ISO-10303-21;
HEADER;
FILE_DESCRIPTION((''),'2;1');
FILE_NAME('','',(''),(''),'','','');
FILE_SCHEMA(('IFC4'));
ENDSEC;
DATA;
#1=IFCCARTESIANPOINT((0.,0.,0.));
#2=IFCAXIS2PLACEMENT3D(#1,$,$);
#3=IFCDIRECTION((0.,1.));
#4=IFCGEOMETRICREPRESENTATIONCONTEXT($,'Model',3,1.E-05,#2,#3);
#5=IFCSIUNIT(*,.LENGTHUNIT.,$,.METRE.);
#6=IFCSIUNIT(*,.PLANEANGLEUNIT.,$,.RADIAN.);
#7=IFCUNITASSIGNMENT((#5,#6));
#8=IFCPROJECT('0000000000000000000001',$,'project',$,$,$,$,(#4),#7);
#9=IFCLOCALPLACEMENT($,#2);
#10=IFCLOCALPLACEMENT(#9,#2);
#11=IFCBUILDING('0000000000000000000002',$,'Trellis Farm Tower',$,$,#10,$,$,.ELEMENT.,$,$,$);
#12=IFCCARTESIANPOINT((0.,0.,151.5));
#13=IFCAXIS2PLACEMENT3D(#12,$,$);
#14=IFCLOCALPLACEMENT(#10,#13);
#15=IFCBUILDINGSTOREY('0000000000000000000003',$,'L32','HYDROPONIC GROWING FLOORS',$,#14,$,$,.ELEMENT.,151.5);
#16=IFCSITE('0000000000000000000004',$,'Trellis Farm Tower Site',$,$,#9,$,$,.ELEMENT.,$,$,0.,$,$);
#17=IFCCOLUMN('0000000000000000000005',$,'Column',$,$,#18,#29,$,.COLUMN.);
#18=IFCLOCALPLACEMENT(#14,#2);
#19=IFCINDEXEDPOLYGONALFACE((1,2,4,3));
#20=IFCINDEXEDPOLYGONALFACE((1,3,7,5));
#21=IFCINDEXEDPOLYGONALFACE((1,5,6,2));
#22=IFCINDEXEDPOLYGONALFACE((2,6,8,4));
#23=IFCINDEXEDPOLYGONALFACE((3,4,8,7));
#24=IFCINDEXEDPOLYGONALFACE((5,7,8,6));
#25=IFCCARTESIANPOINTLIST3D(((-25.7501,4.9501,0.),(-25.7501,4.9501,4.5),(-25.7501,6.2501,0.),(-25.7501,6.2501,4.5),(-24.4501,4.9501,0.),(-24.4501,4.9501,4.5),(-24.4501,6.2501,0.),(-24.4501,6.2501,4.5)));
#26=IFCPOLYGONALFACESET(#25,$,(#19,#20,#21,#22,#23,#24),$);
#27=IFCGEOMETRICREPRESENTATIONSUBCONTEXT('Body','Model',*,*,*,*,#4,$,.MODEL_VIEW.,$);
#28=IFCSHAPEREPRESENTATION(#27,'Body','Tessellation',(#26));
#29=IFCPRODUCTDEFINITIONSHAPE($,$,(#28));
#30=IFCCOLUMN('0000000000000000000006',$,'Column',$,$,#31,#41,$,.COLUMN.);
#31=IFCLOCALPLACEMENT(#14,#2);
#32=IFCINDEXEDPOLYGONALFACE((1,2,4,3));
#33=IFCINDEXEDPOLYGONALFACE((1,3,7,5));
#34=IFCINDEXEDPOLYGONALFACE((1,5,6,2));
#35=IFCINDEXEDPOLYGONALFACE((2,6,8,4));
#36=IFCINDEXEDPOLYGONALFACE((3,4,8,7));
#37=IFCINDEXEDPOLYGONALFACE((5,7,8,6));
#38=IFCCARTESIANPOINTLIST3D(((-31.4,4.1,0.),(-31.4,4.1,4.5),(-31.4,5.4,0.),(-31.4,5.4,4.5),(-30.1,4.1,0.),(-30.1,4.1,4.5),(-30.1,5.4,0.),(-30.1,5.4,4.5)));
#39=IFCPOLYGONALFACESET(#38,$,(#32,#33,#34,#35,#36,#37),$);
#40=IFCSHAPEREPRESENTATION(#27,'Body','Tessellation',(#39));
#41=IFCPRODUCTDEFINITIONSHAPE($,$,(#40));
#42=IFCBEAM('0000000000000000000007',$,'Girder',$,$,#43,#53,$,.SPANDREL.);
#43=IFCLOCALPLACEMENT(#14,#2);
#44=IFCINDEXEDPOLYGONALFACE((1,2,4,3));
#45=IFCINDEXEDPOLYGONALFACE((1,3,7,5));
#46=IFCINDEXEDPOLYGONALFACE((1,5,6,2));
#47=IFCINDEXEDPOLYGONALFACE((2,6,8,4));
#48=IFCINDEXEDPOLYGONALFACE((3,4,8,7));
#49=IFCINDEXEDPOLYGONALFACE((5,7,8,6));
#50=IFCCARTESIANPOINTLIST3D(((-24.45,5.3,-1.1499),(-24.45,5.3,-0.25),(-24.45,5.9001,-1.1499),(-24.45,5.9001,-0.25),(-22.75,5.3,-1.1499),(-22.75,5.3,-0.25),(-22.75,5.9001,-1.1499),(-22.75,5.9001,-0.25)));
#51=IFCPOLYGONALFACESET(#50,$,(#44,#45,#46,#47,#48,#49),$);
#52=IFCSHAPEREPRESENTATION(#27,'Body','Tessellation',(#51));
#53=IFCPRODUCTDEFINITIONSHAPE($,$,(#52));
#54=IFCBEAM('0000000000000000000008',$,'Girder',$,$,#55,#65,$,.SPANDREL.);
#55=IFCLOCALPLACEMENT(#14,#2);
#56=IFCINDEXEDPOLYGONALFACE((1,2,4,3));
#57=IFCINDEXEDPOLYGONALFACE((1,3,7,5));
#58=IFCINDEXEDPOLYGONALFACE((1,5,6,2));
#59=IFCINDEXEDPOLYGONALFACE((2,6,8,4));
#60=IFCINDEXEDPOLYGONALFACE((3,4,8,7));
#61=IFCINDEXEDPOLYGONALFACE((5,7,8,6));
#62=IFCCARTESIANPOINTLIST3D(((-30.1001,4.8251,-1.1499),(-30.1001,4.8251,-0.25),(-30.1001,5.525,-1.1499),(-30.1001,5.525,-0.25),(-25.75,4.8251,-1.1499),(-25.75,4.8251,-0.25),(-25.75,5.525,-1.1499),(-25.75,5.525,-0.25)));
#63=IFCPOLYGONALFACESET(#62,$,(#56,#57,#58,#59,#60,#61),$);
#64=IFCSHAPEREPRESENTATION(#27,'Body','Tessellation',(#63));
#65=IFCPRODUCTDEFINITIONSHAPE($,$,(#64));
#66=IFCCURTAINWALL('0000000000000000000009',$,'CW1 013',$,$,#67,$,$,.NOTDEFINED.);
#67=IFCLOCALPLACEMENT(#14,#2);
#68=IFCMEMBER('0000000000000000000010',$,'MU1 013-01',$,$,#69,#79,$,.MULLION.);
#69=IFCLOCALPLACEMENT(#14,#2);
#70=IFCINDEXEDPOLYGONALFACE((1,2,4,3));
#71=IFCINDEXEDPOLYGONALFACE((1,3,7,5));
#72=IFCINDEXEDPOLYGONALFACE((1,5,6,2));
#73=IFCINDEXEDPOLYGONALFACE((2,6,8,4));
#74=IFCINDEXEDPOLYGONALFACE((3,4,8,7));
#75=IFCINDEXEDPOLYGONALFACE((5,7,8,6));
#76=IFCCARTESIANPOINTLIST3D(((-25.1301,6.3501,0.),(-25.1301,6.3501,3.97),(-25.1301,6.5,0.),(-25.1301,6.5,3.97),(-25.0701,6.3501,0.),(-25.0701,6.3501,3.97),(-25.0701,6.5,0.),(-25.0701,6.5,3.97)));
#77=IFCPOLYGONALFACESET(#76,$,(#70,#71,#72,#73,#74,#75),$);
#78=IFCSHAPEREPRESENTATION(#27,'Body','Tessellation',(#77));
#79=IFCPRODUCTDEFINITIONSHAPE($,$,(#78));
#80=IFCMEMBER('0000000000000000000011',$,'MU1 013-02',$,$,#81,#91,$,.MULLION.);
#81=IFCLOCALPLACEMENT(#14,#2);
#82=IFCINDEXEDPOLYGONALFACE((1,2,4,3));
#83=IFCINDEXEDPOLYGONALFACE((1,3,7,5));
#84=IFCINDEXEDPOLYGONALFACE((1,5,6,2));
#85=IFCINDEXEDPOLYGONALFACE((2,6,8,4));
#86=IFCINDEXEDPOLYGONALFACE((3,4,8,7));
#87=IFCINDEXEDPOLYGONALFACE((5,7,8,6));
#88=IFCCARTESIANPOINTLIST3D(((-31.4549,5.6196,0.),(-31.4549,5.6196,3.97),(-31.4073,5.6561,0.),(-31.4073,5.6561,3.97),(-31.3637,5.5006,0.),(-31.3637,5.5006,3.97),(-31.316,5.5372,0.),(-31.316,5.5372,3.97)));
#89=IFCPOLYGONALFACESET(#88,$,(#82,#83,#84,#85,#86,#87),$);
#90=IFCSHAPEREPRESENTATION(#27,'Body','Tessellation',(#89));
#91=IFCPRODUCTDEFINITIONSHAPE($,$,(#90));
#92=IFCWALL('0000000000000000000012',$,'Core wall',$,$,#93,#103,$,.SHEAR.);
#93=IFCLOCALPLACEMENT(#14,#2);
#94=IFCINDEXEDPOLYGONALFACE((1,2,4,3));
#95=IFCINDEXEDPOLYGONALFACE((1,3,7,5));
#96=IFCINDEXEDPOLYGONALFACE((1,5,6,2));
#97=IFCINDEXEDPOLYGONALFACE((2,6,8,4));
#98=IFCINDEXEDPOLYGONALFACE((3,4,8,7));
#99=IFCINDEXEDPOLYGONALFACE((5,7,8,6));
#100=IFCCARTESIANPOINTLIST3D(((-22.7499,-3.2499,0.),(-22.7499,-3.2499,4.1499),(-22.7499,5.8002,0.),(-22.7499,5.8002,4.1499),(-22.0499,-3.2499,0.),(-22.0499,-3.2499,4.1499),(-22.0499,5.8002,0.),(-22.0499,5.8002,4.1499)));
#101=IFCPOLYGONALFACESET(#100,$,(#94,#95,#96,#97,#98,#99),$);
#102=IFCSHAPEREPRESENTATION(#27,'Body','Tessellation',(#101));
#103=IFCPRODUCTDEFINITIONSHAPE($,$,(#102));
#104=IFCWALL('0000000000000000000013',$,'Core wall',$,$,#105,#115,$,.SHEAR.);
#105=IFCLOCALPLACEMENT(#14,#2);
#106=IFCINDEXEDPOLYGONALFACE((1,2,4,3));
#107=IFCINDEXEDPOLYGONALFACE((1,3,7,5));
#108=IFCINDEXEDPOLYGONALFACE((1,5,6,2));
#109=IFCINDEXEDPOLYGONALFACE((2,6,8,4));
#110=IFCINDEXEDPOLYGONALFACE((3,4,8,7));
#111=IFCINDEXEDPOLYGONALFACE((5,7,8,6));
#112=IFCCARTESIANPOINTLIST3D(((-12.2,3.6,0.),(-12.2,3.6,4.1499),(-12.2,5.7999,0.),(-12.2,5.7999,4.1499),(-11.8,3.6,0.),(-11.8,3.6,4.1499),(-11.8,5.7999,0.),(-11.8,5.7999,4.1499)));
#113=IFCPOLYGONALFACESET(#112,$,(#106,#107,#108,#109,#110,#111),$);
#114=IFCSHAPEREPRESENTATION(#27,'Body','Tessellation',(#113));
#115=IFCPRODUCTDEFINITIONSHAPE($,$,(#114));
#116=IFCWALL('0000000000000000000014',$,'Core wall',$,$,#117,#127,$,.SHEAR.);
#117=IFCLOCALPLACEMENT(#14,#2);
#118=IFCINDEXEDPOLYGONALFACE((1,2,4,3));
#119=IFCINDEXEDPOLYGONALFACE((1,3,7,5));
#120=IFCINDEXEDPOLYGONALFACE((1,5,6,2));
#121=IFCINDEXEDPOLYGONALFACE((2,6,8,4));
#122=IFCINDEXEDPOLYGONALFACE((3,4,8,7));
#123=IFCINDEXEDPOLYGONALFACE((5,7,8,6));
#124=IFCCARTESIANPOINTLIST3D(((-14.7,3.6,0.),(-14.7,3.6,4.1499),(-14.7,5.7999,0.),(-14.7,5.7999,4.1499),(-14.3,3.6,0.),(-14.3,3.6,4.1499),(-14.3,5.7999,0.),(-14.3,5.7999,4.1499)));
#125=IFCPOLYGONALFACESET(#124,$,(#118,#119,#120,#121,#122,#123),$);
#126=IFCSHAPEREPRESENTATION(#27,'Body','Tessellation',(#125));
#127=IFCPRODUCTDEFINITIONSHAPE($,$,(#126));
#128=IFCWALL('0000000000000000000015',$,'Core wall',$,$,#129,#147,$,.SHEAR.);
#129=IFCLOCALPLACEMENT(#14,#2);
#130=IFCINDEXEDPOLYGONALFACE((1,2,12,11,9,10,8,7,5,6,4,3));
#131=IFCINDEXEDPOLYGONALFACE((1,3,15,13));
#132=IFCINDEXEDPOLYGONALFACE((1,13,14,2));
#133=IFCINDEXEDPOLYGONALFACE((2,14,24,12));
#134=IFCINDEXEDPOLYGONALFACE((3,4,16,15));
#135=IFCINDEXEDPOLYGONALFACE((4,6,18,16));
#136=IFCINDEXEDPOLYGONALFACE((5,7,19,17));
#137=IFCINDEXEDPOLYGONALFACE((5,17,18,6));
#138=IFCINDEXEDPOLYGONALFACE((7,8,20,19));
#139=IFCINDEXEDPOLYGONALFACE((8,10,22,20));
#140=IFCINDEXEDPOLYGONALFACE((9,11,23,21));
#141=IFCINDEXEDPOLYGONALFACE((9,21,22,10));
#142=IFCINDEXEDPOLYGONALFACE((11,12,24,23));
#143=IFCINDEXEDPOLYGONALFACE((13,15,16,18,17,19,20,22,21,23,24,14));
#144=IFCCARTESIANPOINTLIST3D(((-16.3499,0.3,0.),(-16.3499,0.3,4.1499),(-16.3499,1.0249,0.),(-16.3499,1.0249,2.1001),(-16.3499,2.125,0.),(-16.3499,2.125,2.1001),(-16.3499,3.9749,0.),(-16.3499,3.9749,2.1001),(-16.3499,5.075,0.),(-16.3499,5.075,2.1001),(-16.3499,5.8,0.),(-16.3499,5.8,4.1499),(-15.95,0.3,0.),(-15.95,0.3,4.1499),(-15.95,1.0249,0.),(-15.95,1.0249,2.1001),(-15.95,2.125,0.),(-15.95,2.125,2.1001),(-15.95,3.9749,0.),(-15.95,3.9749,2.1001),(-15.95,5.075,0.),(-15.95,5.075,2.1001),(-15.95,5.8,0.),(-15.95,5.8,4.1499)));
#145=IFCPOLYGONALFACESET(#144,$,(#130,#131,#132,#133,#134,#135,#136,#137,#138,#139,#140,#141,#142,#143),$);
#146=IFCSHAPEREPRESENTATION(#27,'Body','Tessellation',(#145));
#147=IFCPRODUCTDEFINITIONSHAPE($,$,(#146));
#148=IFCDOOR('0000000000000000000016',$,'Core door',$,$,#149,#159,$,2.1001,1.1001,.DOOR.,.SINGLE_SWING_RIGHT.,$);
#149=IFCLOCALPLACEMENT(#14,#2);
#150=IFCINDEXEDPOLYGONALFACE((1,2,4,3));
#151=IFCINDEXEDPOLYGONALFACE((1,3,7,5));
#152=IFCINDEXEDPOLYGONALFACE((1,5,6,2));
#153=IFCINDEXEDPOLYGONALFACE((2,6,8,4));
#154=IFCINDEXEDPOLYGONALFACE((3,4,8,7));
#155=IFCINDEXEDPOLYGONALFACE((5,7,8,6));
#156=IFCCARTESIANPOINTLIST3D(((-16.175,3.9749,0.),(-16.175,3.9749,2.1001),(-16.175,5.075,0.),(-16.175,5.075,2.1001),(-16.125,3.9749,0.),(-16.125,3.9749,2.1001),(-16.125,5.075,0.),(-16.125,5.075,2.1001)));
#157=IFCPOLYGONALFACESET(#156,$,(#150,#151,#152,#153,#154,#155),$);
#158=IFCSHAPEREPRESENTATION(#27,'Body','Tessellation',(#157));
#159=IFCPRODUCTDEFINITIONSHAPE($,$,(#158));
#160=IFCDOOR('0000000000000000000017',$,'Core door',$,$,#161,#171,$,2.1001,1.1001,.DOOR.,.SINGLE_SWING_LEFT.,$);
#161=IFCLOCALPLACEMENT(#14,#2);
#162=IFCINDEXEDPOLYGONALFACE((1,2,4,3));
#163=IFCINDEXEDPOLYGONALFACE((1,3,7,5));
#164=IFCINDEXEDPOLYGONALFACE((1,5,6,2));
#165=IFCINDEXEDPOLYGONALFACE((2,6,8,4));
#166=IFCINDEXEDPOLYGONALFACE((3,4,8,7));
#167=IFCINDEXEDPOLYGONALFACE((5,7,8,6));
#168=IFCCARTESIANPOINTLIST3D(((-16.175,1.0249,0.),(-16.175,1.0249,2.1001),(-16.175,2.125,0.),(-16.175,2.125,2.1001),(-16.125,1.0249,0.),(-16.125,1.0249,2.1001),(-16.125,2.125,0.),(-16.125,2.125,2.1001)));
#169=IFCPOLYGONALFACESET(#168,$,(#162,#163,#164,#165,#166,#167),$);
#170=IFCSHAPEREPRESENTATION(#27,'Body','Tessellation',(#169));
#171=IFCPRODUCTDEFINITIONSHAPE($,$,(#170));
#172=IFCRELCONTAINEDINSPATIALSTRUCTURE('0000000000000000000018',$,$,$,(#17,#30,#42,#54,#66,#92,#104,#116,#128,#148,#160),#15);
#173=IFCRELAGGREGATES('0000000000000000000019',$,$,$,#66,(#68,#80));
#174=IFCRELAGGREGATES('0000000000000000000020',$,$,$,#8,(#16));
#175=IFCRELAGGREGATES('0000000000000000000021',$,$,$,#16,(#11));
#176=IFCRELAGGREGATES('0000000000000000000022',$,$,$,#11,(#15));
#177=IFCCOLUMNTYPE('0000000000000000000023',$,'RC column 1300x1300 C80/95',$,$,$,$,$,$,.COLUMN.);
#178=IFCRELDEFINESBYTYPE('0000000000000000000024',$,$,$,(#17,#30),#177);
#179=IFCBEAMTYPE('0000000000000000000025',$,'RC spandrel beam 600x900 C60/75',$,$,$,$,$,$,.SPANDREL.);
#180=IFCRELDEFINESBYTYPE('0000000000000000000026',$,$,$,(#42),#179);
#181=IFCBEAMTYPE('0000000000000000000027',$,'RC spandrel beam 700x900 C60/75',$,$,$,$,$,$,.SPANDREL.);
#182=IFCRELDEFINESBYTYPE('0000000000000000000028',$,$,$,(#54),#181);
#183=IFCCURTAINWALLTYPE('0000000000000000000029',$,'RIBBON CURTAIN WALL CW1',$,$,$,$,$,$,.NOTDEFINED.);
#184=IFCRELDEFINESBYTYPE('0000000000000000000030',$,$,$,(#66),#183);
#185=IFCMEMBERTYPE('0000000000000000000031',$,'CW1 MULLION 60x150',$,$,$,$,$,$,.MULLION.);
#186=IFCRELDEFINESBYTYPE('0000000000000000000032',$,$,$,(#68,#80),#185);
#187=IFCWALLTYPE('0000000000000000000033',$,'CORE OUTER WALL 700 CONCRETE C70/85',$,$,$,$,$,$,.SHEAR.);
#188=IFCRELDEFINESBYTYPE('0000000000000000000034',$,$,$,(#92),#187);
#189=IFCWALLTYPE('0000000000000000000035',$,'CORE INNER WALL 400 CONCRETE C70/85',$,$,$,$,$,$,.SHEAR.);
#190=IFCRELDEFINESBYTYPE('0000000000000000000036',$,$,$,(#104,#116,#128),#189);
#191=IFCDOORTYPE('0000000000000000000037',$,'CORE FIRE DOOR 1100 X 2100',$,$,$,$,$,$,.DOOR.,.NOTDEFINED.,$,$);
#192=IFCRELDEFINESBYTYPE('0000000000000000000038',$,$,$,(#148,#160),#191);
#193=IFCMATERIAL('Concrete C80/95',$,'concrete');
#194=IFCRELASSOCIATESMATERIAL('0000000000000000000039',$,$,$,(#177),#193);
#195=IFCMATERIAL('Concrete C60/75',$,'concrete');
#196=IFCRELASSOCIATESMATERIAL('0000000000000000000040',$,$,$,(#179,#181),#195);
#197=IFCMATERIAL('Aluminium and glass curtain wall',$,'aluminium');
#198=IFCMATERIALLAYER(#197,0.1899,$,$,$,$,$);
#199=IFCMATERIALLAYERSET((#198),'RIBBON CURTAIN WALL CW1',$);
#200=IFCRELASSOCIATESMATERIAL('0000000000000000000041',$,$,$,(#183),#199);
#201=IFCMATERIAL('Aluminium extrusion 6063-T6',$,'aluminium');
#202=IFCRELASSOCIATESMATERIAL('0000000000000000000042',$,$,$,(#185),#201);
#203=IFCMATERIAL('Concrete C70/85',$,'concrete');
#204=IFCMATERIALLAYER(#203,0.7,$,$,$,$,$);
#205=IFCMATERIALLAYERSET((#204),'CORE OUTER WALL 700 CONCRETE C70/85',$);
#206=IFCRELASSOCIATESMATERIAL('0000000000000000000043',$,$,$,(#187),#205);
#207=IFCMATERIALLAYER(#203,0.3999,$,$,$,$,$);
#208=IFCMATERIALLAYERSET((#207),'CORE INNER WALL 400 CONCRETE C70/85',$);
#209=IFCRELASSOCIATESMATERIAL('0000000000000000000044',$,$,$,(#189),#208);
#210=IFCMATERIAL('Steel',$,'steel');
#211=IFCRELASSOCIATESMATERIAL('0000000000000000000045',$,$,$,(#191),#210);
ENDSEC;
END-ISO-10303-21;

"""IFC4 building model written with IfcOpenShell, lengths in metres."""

from ifc_helpers import new_model, si_unit, direction, frame, frame_2d, origin, origin_2d, place, context, subcontext, project, spatial, rectangle, extrude, source, transform, mapped, material, layer, layer_set, material_profile, profile_set, type_object, element, fill, aggregate, save


model = new_model("IFC4")

# Units and contexts
model_context = context("Model", 3, precision=1e-05, world=origin(), true_north=direction((0.0, 1.0)))
body_context = subcontext(model_context, "Body", "Model", "MODEL_VIEW")
ifc_project = project(units=[si_unit("LENGTHUNIT", "METRE"), si_unit("PLANEANGLEUNIT", "RADIAN")], contexts=[model_context])

# Site, building, storey
site_placement = place(None, origin())
site = spatial("IfcSite", under=ifc_project, at=site_placement, Name="Trellis Farm Tower Site", CompositionType="ELEMENT", RefElevation=0.0)
building_placement = place(site_placement, origin())
building = spatial("IfcBuilding", under=site, at=building_placement, Name="Trellis Farm Tower", CompositionType="ELEMENT")
storey_placement = place(building_placement, frame((0.0, 0.0, 151.5)))
storey = spatial("IfcBuildingStorey", under=building, at=storey_placement, Name="L32", Description="HYDROPONIC GROWING FLOORS", CompositionType="ELEMENT", Elevation=151.5)

# Columns
ifc_material_1 = material(Name="Concrete C80/95", Category="concrete")
ifc_material_profile_1 = material_profile(ifc_material_1, rectangle(XDim=1.3, YDim=1.3, at=origin_2d()), Name="RC column 1300x1300 C80/95")
ifc_profile_set_1 = profile_set([ifc_material_profile_1], Name="Concrete C80/95")
column_type = type_object("IfcColumnType", Name="RC column 1300x1300 C80/95", PredefinedType="COLUMN", material=ifc_profile_set_1)
shared_shape_1 = source(origin(), body_context, "Body", "SweptSolid", [
    extrude(rectangle(XDim=1.3, YDim=1.3, at=origin_2d()), origin(), (0.0, 0.0, 1.0), 4.5),
])
for number, where, z_axis, x_axis, name in (
    (1, (-25.1001, 5.6001, 0.0), (0.0, 0.0, 1.0), (1.0, 0.0, 0.0), "Column"),
    (2, (-30.75, 4.75, 0.0), (0.0, 0.0, 1.0), (1.0, 0.0, 0.0), "Column"),
):
    element("IfcColumn", number, at=place(storey_placement, frame(where, z_axis=z_axis, x_axis=x_axis)), inside=storey, type_object=column_type, Name=name, PredefinedType="COLUMN", context=body_context, shape_type="MappedRepresentation", body=[
        mapped(shared_shape_1, transform((0.0, 0.0, 0.0))),
    ])

# Beams
ifc_material_2 = material(Name="Concrete C60/75", Category="concrete")
ifc_material_profile_2 = material_profile(ifc_material_2, rectangle(XDim=0.6001, YDim=0.8999, at=origin_2d()), Name="RC spandrel beam 600x900 C60/75")
ifc_profile_set_2 = profile_set([ifc_material_profile_2], Name="Concrete C60/75")
beam_type_1 = type_object("IfcBeamType", Name="RC spandrel beam 600x900 C60/75", PredefinedType="SPANDREL", material=ifc_profile_set_2)
shared_shape_2 = source(origin(), body_context, "Body", "SweptSolid", [
    extrude(rectangle(XDim=0.6001, YDim=0.8999, at=origin_2d()), origin(), (0.0, 0.0, 1.0), 1.7),
])
beam_1_placement = place(storey_placement, frame((-24.45, 5.6001, -0.7), z_axis=(1.0, 0.0, 0.0), x_axis=(0.0, 1.0, 0.0)))
element("IfcBeam", 3, at=beam_1_placement, inside=storey, type_object=beam_type_1, Name="Girder", PredefinedType="SPANDREL", context=body_context, shape_type="MappedRepresentation", body=[
    mapped(shared_shape_2, transform((0.0, 0.0, 0.0))),
])
ifc_material_profile_3 = material_profile(ifc_material_2, rectangle(XDim=0.7, YDim=0.8999, at=origin_2d()), Name="RC spandrel beam 700x900 C60/75")
ifc_profile_set_3 = profile_set([ifc_material_profile_3], Name="Concrete C60/75")
beam_type_2 = type_object("IfcBeamType", Name="RC spandrel beam 700x900 C60/75", PredefinedType="SPANDREL", material=ifc_profile_set_3)
shared_shape_3 = source(origin(), body_context, "Body", "SweptSolid", [
    extrude(rectangle(XDim=0.7, YDim=0.8999, at=origin_2d()), origin(), (0.0, 0.0, 1.0), 4.3501),
])
beam_2_placement = place(storey_placement, frame((-30.1001, 5.175, -0.7), z_axis=(1.0, 0.0, 0.0), x_axis=(0.0, 1.0, 0.0)))
element("IfcBeam", 4, at=beam_2_placement, inside=storey, type_object=beam_type_2, Name="Girder", PredefinedType="SPANDREL", context=body_context, shape_type="MappedRepresentation", body=[
    mapped(shared_shape_3, transform((0.0, 0.0, 0.0))),
])

# Curtain wall, members
ifc_material_3 = material(Name="Aluminium and glass curtain wall", Category="aluminium")
ifc_layer_1 = layer(ifc_material_3, 0.1899)
ifc_layer_set_1 = layer_set([ifc_layer_1], Name="RIBBON CURTAIN WALL CW1")
curtain_wall_type = type_object("IfcCurtainWallType", Name="RIBBON CURTAIN WALL CW1", PredefinedType="NOTDEFINED", material=ifc_layer_set_1)
placement = place(storey_placement, origin())
curtain_wall = element("IfcCurtainWall", 5, at=placement, inside=storey, type_object=curtain_wall_type, Name="CW1 013", PredefinedType="NOTDEFINED")
ifc_material_4 = material(Name="Aluminium extrusion 6063-T6", Category="aluminium")
ifc_material_profile_4 = material_profile(ifc_material_4, rectangle(XDim=0.0601, YDim=0.1499, at=origin_2d()), Name="MULLION 60x150")
ifc_profile_set_4 = profile_set([ifc_material_profile_4], Name="Aluminium extrusion 6063-T6")
member_type = type_object("IfcMemberType", Name="CW1 MULLION 60x150", PredefinedType="MULLION", material=ifc_profile_set_4)
shared_shape_4 = source(origin(), body_context, "Body", "SweptSolid", [
    extrude(rectangle(XDim=0.0601, YDim=0.1499, at=origin_2d()), origin(), (0.0, 0.0, 1.0), 3.97),
])
member_1_placement = place(storey_placement, frame((-25.1001, 6.425, 0.0), z_axis=(0.0, 0.0, 1.0), x_axis=(-1.0, 0.0, 0.0)))
member_1 = element("IfcMember", 6, at=member_1_placement, type_object=member_type, Name="MU1 013-01", PredefinedType="MULLION", context=body_context, shape_type="MappedRepresentation", body=[
    mapped(shared_shape_4, transform((0.0, 0.0, 0.0))),
])
member_2_placement = place(storey_placement, frame((-31.3855, 5.5784, 0.0), z_axis=(0.0, 0.0, 1.0), x_axis=(-0.793353, -0.608761, 0.0)))
member_2 = element("IfcMember", 7, at=member_2_placement, type_object=member_type, Name="MU1 013-02", PredefinedType="MULLION", context=body_context, shape_type="MappedRepresentation", body=[
    mapped(shared_shape_4, transform((0.0, 0.0, 0.0))),
])
aggregate(curtain_wall, [member_1, member_2])

# Walls
ifc_material_5 = material(Name="Concrete C70/85", Category="concrete")
ifc_layer_2 = layer(ifc_material_5, 0.7)
ifc_layer_set_2 = layer_set([ifc_layer_2], Name="CORE OUTER WALL 700 CONCRETE C70/85")
wall_type_1 = type_object("IfcWallType", Name="CORE OUTER WALL 700 CONCRETE C70/85", PredefinedType="SHEAR", material=ifc_layer_set_2)
shared_shape_5 = source(origin(), body_context, "Body", "SweptSolid", [
    extrude(rectangle(XDim=9.05, YDim=0.7, at=frame_2d((4.5249, 0.0))), origin(), (0.0, 0.0, 1.0), 4.1499),
])
wall_1_placement = place(storey_placement, frame((-22.3999, 5.8, 0.0), z_axis=(0.0, 0.0, 1.0), x_axis=(0.0, -1.0, 0.0)))
element("IfcWall", 8, at=wall_1_placement, inside=storey, type_object=wall_type_1, Name="Core wall", PredefinedType="SHEAR", context=body_context, shape_type="MappedRepresentation", body=[
    mapped(shared_shape_5, transform((0.0, 0.0, 0.0))),
])
ifc_layer_3 = layer(ifc_material_5, 0.3999)
ifc_layer_set_3 = layer_set([ifc_layer_3], Name="CORE INNER WALL 400 CONCRETE C70/85")
wall_type_2 = type_object("IfcWallType", Name="CORE INNER WALL 400 CONCRETE C70/85", PredefinedType="SHEAR", material=ifc_layer_set_3)
shared_shape_6 = source(origin(), body_context, "Body", "SweptSolid", [
    extrude(rectangle(XDim=2.2, YDim=0.3999, at=frame_2d((1.1001, 0.0))), origin(), (0.0, 0.0, 1.0), 4.1499),
])
for number, where, z_axis, x_axis, name in (
    (9, (-12.0, 5.8, 0.0), (0.0, 0.0, 1.0), (0.0, -1.0, 0.0), "Core wall"),
    (10, (-14.5, 5.8, 0.0), (0.0, 0.0, 1.0), (0.0, -1.0, 0.0), "Core wall"),
):
    element("IfcWall", number, at=place(storey_placement, frame(where, z_axis=z_axis, x_axis=x_axis)), inside=storey, type_object=wall_type_2, Name=name, PredefinedType="SHEAR", context=body_context, shape_type="MappedRepresentation", body=[
        mapped(shared_shape_6, transform((0.0, 0.0, 0.0))),
    ])

# Wall, openings, doors
shared_shape_7 = source(origin(), body_context, "Body", "SweptSolid", [
    extrude(rectangle(XDim=5.5, YDim=0.3999, at=frame_2d((2.75, 0.0))), origin(), (0.0, 0.0, 1.0), 4.1499),
])
wall_2_placement = place(storey_placement, frame((-16.1499, 5.8, 0.0), z_axis=(0.0, 0.0, 1.0), x_axis=(0.0, -1.0, 0.0)))
wall_2 = element("IfcWall", 11, at=wall_2_placement, inside=storey, type_object=wall_type_2, Name="Core wall", PredefinedType="SHEAR", context=body_context, shape_type="MappedRepresentation", body=[
    mapped(shared_shape_7, transform((0.0, 0.0, 0.0))),
])
shared_shape_8 = source(origin(), body_context, "Body", "SweptSolid", [
    extrude(rectangle(XDim=1.1001, YDim=2.1001, at=frame_2d((0.55, 1.05))), frame((0.0, 0.21, 0.0), z_axis=(0.0, -1.0, 0.0), x_axis=(1.0, 0.0, 0.0)), (0.0, 0.0, 1.0), 0.4199),
])
opening_1_placement = place(wall_2_placement, frame((0.7251, 0.0, 0.0)))
opening_1 = element("IfcOpeningElement", 12, at=opening_1_placement, cuts=wall_2, PredefinedType="OPENING", context=body_context, shape_type="MappedRepresentation", body=[
    mapped(shared_shape_8, transform((0.0, 0.0, 0.0))),
])
opening_2_placement = place(wall_2_placement, frame((3.675, 0.0, 0.0)))
opening_2 = element("IfcOpeningElement", 13, at=opening_2_placement, cuts=wall_2, PredefinedType="OPENING", context=body_context, shape_type="MappedRepresentation", body=[
    mapped(shared_shape_8, transform((0.0, 0.0, 0.0))),
])
ifc_material_6 = material(Name="Steel", Category="steel")
door_type = type_object("IfcDoorType", Name="CORE FIRE DOOR 1100 X 2100", OperationType="NOTDEFINED", PredefinedType="DOOR", material=ifc_material_6)
shared_shape_9 = source(origin(), body_context, "Body", "SweptSolid", [
    extrude(rectangle(XDim=1.1001, YDim=2.1001, at=frame_2d((0.55, 1.05))), frame((0.0, 0.0249, 0.0), z_axis=(0.0, -1.0, 0.0), x_axis=(1.0, 0.0, 0.0)), (0.0, 0.0, 1.0), 0.05),
])
door_1_placement = place(opening_1_placement, origin())
door_1 = element("IfcDoor", 14, at=door_1_placement, inside=storey, type_object=door_type, Name="Core door", OperationType="SINGLE_SWING_RIGHT", OverallHeight=2.1001, OverallWidth=1.1001, PredefinedType="DOOR", context=body_context, shape_type="MappedRepresentation", body=[
    mapped(shared_shape_9, transform((0.0, 0.0, 0.0))),
])
fill(opening_1, door_1)
door_2_placement = place(opening_2_placement, origin())
door_2 = element("IfcDoor", 15, at=door_2_placement, inside=storey, type_object=door_type, Name="Core door", OperationType="SINGLE_SWING_LEFT", OverallHeight=2.1001, OverallWidth=1.1001, PredefinedType="DOOR", context=body_context, shape_type="MappedRepresentation", body=[
    mapped(shared_shape_9, transform((0.0, 0.0, 0.0))),
])
fill(opening_2, door_2)

save(model, "model.ifc")
